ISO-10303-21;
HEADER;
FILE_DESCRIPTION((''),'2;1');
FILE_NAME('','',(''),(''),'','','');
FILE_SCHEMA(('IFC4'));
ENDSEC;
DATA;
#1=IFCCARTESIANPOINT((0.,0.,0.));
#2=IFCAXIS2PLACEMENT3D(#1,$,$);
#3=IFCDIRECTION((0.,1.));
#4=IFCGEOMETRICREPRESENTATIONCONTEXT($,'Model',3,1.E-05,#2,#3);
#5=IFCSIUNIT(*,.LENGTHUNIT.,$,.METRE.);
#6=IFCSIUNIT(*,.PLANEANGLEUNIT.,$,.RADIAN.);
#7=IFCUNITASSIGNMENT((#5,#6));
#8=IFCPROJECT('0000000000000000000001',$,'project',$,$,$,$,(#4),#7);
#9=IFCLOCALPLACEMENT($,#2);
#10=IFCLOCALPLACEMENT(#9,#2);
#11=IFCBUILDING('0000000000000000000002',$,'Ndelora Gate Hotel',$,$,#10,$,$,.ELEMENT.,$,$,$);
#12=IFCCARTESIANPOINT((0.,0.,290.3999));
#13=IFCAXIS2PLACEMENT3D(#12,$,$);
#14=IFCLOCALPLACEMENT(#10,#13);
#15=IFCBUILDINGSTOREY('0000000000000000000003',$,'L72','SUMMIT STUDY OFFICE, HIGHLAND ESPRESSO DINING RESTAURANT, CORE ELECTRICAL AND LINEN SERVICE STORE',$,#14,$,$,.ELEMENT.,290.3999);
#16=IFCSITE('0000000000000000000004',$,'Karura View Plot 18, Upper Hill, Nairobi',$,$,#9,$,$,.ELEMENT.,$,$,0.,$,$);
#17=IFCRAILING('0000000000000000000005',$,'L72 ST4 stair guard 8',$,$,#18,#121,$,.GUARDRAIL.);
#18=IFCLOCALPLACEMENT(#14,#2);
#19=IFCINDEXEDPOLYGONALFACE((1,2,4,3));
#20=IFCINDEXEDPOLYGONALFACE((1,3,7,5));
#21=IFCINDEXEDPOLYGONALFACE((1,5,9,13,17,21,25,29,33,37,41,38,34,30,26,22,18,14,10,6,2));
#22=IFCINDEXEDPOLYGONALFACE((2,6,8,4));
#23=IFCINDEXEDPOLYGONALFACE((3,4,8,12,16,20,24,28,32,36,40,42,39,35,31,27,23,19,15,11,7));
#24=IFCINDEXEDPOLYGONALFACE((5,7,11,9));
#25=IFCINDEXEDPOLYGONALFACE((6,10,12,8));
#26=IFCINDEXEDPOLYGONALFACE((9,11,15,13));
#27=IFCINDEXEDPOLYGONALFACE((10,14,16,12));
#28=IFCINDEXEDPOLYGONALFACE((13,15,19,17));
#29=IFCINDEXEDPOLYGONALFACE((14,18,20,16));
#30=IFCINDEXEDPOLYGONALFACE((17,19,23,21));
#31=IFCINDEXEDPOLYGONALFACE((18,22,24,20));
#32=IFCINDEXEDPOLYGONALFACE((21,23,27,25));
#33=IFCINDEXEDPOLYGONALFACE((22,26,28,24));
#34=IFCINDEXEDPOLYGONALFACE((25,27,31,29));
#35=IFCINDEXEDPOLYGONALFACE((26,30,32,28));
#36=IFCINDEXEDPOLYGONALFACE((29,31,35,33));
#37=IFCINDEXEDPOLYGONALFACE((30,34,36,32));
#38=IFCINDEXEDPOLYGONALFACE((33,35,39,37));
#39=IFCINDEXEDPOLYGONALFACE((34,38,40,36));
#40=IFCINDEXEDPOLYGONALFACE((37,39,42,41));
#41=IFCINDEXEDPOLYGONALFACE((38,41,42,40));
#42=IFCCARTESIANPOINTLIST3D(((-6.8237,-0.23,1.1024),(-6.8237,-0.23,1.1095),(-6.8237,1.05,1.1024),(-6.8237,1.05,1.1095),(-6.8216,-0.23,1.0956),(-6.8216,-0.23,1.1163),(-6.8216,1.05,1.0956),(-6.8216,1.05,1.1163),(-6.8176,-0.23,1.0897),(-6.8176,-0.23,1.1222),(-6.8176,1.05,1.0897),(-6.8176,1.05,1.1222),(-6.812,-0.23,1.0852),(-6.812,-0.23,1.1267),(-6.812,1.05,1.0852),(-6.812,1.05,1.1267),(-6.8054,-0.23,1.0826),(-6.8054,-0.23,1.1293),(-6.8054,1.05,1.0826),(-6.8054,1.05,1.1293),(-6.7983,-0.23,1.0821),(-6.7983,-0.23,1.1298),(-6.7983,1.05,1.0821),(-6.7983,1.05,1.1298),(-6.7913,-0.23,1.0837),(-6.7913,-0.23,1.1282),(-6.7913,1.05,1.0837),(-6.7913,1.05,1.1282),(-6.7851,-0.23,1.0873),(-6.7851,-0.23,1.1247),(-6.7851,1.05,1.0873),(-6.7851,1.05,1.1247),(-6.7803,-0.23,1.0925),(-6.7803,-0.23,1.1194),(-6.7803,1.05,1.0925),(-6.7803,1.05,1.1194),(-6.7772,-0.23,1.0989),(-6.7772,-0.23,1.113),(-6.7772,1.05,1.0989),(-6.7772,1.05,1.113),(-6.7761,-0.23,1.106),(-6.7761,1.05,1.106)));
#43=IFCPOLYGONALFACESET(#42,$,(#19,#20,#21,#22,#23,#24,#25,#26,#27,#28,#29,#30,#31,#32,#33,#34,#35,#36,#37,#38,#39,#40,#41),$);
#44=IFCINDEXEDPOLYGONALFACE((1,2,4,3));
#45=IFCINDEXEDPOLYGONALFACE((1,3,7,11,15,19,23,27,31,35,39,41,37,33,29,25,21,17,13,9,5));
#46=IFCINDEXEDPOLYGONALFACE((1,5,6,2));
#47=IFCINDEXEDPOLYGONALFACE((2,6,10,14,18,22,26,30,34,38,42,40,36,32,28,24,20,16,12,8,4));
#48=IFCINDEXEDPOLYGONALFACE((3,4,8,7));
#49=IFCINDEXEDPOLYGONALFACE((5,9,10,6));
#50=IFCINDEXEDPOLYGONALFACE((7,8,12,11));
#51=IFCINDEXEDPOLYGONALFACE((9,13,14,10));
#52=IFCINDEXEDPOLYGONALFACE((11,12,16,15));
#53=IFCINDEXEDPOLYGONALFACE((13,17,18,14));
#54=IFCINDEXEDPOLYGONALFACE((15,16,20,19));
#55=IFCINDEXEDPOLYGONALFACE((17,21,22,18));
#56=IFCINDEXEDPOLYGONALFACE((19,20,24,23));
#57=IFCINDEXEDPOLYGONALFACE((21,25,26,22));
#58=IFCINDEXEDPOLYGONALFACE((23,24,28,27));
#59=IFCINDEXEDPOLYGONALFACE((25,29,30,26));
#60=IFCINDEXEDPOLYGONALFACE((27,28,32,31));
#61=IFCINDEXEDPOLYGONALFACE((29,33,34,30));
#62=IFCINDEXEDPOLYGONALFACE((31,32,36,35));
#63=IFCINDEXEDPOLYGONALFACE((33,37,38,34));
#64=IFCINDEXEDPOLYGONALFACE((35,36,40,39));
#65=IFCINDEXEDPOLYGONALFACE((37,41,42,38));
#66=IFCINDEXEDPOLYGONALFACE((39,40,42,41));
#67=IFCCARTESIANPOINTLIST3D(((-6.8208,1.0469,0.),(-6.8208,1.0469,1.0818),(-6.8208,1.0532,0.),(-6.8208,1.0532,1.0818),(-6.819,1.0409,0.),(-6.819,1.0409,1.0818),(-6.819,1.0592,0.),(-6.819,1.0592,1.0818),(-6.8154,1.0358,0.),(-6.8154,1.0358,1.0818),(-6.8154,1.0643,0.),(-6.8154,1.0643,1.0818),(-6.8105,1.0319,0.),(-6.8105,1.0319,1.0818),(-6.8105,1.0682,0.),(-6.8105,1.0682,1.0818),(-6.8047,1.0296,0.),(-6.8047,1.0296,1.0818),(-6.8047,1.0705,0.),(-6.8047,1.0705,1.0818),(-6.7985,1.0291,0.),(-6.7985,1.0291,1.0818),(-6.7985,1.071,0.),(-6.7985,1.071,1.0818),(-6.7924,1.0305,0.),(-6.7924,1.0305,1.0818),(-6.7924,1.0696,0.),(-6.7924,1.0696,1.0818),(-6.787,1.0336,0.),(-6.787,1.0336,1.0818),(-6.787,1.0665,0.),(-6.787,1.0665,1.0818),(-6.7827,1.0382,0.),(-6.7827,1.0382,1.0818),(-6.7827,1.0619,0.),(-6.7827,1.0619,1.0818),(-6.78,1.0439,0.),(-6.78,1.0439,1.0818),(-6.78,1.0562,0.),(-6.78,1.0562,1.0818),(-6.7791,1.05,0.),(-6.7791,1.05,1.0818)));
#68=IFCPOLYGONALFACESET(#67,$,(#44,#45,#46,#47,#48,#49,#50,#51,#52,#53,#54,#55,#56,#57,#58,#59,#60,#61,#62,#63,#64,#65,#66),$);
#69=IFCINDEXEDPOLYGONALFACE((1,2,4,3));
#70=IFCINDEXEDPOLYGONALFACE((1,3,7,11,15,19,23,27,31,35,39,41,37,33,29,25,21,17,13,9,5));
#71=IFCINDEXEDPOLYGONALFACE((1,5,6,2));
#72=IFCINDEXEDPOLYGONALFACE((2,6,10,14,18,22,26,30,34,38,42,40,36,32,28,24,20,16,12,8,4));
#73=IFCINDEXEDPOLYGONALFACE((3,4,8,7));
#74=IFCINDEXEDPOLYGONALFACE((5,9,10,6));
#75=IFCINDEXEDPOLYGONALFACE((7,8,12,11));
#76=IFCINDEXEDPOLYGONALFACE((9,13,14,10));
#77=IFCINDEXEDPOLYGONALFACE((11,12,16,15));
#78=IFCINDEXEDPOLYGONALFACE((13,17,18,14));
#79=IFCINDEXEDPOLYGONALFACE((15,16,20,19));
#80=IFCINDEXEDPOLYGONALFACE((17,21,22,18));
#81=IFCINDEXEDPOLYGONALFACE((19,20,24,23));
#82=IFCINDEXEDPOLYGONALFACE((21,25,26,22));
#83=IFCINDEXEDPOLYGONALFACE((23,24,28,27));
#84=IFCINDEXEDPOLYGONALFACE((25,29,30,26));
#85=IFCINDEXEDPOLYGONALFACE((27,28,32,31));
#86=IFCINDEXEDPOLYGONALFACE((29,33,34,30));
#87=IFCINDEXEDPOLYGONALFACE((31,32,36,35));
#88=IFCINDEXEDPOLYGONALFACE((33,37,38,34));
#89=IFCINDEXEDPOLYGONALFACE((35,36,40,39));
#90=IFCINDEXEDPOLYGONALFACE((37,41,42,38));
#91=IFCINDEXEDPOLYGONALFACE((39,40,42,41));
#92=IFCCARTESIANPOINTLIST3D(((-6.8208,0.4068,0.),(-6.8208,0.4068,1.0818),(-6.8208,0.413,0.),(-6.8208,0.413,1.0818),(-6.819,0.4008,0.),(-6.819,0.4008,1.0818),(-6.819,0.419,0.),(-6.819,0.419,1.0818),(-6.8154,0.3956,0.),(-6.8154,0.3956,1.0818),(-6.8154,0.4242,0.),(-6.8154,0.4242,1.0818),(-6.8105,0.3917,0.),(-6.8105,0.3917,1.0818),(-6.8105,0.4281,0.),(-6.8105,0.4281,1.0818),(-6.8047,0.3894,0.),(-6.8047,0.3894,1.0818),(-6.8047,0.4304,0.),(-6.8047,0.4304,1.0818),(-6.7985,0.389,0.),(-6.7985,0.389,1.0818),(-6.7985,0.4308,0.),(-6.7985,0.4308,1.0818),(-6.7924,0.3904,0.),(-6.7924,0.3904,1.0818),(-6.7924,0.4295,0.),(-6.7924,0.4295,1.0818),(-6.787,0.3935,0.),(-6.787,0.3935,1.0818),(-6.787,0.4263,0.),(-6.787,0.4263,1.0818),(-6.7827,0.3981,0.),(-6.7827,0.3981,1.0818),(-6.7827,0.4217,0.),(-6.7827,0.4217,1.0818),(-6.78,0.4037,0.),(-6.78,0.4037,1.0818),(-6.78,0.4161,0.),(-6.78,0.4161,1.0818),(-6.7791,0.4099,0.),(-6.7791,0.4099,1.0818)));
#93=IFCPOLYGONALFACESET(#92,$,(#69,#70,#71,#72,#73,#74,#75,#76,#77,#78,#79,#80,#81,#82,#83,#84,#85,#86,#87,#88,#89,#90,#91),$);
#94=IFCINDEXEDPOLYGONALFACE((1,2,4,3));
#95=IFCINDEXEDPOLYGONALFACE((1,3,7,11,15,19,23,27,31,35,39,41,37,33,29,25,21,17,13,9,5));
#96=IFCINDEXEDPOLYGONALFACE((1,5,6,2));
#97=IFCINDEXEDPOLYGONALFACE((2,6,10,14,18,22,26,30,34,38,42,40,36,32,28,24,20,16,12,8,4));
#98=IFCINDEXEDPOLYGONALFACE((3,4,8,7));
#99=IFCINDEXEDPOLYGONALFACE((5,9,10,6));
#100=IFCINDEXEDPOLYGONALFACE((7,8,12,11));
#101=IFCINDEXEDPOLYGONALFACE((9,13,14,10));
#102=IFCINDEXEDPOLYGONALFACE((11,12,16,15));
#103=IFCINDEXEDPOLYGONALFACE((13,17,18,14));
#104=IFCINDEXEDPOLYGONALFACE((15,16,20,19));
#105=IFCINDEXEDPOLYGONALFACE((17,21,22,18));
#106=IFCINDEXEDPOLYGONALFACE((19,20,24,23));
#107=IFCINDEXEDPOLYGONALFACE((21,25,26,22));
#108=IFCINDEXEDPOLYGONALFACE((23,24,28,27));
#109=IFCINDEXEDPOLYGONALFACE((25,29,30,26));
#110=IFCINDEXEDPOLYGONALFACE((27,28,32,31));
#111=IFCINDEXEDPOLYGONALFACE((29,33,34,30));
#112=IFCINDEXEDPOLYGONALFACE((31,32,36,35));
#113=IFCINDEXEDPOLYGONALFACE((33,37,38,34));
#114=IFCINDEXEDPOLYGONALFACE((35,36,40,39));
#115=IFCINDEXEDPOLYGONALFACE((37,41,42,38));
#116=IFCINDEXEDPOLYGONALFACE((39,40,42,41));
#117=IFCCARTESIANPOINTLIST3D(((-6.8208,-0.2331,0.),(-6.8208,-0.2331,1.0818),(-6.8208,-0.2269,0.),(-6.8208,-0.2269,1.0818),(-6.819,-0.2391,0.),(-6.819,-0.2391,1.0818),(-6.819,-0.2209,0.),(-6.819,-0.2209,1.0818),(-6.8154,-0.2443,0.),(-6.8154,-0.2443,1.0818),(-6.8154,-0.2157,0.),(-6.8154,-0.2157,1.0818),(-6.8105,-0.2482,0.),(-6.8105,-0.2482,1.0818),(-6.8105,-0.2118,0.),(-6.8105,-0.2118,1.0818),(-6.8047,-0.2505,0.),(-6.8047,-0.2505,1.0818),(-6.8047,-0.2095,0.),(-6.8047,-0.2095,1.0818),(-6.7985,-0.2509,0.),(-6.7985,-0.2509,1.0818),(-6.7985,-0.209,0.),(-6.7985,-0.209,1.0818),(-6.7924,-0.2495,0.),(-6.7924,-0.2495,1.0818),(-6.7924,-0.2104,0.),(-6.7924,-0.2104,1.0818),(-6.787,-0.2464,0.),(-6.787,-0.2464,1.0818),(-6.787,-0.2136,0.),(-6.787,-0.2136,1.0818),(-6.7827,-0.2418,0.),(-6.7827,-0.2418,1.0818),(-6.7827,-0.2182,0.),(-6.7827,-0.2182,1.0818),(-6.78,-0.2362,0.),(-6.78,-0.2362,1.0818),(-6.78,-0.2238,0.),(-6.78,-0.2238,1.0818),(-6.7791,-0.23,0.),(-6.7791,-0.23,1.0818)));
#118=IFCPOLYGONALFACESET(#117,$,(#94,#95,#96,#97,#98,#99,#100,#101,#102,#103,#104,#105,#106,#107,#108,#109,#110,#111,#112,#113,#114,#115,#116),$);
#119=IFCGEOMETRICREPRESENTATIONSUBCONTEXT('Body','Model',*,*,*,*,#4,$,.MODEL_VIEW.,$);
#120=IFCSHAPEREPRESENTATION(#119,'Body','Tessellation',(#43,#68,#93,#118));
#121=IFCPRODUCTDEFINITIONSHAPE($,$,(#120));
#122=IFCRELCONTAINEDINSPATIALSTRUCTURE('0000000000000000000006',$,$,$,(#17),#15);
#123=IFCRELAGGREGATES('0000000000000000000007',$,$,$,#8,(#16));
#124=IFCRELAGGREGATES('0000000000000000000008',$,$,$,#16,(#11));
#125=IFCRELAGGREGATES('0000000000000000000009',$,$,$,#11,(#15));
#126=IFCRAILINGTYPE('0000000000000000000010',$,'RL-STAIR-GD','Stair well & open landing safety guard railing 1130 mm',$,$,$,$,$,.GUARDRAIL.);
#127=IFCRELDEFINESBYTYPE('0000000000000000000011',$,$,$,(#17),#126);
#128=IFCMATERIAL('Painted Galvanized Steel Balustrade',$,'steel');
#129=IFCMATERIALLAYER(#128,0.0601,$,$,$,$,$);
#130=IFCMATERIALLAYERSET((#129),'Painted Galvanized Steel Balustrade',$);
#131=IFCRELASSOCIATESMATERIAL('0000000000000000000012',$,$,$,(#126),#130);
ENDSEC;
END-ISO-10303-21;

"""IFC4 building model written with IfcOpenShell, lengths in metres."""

from ifc_helpers import new_model, si_unit, direction, frame, origin, origin_2d, place, context, subcontext, project, spatial, circle, extrude, material, layer, layer_set, type_object, element, save


model = new_model("IFC4")

# Units and contexts
model_context = context("Model", 3, precision=1e-05, world=origin(), true_north=direction((0.0, 1.0)))
body_context = subcontext(model_context, "Body", "Model", "MODEL_VIEW")
ifc_project = project(units=[si_unit("LENGTHUNIT", "METRE"), si_unit("PLANEANGLEUNIT", "RADIAN")], contexts=[model_context])

# Site, building, storey
site_placement = place(None, origin())
site = spatial("IfcSite", under=ifc_project, at=site_placement, Name="Karura View Plot 18, Upper Hill, Nairobi", CompositionType="ELEMENT", RefElevation=0.0)
building_placement = place(site_placement, origin())
building = spatial("IfcBuilding", under=site, at=building_placement, Name="Ndelora Gate Hotel", CompositionType="ELEMENT")
storey_placement = place(building_placement, frame((0.0, 0.0, 290.3999)))
storey = spatial("IfcBuildingStorey", under=building, at=storey_placement, Name="L72", Description="SUMMIT STUDY OFFICE, HIGHLAND ESPRESSO DINING RESTAURANT, CORE ELECTRICAL AND LINEN SERVICE STORE", CompositionType="ELEMENT", Elevation=290.3999)

# Railing
ifc_material_1 = material(Name="Painted Galvanized Steel Balustrade", Category="steel")
ifc_layer_1 = layer(ifc_material_1, 0.0601)
ifc_layer_set_1 = layer_set([ifc_layer_1], Name="Painted Galvanized Steel Balustrade")
railing_type = type_object("IfcRailingType", Name="RL-STAIR-GD", Description="Stair well & open landing safety guard railing 1130 mm", PredefinedType="GUARDRAIL", material=ifc_layer_set_1)
for number, where, name in (
    (1, (-6.8, 1.05, 0.0), "L72 ST4 stair guard 8"),
):
    element("IfcRailing", number, at=place(storey_placement, frame(where)), inside=storey, type_object=railing_type, Name=name, PredefinedType="GUARDRAIL", context=body_context, shape_type="SweptSolid", body=[
        extrude(circle(Radius=0.0239, at=origin_2d()), frame((0.0, 0.0, 1.106), z_axis=(0.0, -1.0, 0.0), x_axis=(1.0, 0.0, 0.0)), (0.0, 0.0, 1.0), 1.28),
        extrude(circle(Radius=0.021, at=origin_2d()), origin(), (0.0, 0.0, 1.0), 1.0818),
        extrude(circle(Radius=0.021, at=origin_2d()), frame((0.0, -0.6401, 0.0)), (0.0, 0.0, 1.0), 1.0818),
        extrude(circle(Radius=0.021, at=origin_2d()), frame((0.0, -1.28, 0.0)), (0.0, 0.0, 1.0), 1.0818),
    ])

save(model, "model.ifc")
